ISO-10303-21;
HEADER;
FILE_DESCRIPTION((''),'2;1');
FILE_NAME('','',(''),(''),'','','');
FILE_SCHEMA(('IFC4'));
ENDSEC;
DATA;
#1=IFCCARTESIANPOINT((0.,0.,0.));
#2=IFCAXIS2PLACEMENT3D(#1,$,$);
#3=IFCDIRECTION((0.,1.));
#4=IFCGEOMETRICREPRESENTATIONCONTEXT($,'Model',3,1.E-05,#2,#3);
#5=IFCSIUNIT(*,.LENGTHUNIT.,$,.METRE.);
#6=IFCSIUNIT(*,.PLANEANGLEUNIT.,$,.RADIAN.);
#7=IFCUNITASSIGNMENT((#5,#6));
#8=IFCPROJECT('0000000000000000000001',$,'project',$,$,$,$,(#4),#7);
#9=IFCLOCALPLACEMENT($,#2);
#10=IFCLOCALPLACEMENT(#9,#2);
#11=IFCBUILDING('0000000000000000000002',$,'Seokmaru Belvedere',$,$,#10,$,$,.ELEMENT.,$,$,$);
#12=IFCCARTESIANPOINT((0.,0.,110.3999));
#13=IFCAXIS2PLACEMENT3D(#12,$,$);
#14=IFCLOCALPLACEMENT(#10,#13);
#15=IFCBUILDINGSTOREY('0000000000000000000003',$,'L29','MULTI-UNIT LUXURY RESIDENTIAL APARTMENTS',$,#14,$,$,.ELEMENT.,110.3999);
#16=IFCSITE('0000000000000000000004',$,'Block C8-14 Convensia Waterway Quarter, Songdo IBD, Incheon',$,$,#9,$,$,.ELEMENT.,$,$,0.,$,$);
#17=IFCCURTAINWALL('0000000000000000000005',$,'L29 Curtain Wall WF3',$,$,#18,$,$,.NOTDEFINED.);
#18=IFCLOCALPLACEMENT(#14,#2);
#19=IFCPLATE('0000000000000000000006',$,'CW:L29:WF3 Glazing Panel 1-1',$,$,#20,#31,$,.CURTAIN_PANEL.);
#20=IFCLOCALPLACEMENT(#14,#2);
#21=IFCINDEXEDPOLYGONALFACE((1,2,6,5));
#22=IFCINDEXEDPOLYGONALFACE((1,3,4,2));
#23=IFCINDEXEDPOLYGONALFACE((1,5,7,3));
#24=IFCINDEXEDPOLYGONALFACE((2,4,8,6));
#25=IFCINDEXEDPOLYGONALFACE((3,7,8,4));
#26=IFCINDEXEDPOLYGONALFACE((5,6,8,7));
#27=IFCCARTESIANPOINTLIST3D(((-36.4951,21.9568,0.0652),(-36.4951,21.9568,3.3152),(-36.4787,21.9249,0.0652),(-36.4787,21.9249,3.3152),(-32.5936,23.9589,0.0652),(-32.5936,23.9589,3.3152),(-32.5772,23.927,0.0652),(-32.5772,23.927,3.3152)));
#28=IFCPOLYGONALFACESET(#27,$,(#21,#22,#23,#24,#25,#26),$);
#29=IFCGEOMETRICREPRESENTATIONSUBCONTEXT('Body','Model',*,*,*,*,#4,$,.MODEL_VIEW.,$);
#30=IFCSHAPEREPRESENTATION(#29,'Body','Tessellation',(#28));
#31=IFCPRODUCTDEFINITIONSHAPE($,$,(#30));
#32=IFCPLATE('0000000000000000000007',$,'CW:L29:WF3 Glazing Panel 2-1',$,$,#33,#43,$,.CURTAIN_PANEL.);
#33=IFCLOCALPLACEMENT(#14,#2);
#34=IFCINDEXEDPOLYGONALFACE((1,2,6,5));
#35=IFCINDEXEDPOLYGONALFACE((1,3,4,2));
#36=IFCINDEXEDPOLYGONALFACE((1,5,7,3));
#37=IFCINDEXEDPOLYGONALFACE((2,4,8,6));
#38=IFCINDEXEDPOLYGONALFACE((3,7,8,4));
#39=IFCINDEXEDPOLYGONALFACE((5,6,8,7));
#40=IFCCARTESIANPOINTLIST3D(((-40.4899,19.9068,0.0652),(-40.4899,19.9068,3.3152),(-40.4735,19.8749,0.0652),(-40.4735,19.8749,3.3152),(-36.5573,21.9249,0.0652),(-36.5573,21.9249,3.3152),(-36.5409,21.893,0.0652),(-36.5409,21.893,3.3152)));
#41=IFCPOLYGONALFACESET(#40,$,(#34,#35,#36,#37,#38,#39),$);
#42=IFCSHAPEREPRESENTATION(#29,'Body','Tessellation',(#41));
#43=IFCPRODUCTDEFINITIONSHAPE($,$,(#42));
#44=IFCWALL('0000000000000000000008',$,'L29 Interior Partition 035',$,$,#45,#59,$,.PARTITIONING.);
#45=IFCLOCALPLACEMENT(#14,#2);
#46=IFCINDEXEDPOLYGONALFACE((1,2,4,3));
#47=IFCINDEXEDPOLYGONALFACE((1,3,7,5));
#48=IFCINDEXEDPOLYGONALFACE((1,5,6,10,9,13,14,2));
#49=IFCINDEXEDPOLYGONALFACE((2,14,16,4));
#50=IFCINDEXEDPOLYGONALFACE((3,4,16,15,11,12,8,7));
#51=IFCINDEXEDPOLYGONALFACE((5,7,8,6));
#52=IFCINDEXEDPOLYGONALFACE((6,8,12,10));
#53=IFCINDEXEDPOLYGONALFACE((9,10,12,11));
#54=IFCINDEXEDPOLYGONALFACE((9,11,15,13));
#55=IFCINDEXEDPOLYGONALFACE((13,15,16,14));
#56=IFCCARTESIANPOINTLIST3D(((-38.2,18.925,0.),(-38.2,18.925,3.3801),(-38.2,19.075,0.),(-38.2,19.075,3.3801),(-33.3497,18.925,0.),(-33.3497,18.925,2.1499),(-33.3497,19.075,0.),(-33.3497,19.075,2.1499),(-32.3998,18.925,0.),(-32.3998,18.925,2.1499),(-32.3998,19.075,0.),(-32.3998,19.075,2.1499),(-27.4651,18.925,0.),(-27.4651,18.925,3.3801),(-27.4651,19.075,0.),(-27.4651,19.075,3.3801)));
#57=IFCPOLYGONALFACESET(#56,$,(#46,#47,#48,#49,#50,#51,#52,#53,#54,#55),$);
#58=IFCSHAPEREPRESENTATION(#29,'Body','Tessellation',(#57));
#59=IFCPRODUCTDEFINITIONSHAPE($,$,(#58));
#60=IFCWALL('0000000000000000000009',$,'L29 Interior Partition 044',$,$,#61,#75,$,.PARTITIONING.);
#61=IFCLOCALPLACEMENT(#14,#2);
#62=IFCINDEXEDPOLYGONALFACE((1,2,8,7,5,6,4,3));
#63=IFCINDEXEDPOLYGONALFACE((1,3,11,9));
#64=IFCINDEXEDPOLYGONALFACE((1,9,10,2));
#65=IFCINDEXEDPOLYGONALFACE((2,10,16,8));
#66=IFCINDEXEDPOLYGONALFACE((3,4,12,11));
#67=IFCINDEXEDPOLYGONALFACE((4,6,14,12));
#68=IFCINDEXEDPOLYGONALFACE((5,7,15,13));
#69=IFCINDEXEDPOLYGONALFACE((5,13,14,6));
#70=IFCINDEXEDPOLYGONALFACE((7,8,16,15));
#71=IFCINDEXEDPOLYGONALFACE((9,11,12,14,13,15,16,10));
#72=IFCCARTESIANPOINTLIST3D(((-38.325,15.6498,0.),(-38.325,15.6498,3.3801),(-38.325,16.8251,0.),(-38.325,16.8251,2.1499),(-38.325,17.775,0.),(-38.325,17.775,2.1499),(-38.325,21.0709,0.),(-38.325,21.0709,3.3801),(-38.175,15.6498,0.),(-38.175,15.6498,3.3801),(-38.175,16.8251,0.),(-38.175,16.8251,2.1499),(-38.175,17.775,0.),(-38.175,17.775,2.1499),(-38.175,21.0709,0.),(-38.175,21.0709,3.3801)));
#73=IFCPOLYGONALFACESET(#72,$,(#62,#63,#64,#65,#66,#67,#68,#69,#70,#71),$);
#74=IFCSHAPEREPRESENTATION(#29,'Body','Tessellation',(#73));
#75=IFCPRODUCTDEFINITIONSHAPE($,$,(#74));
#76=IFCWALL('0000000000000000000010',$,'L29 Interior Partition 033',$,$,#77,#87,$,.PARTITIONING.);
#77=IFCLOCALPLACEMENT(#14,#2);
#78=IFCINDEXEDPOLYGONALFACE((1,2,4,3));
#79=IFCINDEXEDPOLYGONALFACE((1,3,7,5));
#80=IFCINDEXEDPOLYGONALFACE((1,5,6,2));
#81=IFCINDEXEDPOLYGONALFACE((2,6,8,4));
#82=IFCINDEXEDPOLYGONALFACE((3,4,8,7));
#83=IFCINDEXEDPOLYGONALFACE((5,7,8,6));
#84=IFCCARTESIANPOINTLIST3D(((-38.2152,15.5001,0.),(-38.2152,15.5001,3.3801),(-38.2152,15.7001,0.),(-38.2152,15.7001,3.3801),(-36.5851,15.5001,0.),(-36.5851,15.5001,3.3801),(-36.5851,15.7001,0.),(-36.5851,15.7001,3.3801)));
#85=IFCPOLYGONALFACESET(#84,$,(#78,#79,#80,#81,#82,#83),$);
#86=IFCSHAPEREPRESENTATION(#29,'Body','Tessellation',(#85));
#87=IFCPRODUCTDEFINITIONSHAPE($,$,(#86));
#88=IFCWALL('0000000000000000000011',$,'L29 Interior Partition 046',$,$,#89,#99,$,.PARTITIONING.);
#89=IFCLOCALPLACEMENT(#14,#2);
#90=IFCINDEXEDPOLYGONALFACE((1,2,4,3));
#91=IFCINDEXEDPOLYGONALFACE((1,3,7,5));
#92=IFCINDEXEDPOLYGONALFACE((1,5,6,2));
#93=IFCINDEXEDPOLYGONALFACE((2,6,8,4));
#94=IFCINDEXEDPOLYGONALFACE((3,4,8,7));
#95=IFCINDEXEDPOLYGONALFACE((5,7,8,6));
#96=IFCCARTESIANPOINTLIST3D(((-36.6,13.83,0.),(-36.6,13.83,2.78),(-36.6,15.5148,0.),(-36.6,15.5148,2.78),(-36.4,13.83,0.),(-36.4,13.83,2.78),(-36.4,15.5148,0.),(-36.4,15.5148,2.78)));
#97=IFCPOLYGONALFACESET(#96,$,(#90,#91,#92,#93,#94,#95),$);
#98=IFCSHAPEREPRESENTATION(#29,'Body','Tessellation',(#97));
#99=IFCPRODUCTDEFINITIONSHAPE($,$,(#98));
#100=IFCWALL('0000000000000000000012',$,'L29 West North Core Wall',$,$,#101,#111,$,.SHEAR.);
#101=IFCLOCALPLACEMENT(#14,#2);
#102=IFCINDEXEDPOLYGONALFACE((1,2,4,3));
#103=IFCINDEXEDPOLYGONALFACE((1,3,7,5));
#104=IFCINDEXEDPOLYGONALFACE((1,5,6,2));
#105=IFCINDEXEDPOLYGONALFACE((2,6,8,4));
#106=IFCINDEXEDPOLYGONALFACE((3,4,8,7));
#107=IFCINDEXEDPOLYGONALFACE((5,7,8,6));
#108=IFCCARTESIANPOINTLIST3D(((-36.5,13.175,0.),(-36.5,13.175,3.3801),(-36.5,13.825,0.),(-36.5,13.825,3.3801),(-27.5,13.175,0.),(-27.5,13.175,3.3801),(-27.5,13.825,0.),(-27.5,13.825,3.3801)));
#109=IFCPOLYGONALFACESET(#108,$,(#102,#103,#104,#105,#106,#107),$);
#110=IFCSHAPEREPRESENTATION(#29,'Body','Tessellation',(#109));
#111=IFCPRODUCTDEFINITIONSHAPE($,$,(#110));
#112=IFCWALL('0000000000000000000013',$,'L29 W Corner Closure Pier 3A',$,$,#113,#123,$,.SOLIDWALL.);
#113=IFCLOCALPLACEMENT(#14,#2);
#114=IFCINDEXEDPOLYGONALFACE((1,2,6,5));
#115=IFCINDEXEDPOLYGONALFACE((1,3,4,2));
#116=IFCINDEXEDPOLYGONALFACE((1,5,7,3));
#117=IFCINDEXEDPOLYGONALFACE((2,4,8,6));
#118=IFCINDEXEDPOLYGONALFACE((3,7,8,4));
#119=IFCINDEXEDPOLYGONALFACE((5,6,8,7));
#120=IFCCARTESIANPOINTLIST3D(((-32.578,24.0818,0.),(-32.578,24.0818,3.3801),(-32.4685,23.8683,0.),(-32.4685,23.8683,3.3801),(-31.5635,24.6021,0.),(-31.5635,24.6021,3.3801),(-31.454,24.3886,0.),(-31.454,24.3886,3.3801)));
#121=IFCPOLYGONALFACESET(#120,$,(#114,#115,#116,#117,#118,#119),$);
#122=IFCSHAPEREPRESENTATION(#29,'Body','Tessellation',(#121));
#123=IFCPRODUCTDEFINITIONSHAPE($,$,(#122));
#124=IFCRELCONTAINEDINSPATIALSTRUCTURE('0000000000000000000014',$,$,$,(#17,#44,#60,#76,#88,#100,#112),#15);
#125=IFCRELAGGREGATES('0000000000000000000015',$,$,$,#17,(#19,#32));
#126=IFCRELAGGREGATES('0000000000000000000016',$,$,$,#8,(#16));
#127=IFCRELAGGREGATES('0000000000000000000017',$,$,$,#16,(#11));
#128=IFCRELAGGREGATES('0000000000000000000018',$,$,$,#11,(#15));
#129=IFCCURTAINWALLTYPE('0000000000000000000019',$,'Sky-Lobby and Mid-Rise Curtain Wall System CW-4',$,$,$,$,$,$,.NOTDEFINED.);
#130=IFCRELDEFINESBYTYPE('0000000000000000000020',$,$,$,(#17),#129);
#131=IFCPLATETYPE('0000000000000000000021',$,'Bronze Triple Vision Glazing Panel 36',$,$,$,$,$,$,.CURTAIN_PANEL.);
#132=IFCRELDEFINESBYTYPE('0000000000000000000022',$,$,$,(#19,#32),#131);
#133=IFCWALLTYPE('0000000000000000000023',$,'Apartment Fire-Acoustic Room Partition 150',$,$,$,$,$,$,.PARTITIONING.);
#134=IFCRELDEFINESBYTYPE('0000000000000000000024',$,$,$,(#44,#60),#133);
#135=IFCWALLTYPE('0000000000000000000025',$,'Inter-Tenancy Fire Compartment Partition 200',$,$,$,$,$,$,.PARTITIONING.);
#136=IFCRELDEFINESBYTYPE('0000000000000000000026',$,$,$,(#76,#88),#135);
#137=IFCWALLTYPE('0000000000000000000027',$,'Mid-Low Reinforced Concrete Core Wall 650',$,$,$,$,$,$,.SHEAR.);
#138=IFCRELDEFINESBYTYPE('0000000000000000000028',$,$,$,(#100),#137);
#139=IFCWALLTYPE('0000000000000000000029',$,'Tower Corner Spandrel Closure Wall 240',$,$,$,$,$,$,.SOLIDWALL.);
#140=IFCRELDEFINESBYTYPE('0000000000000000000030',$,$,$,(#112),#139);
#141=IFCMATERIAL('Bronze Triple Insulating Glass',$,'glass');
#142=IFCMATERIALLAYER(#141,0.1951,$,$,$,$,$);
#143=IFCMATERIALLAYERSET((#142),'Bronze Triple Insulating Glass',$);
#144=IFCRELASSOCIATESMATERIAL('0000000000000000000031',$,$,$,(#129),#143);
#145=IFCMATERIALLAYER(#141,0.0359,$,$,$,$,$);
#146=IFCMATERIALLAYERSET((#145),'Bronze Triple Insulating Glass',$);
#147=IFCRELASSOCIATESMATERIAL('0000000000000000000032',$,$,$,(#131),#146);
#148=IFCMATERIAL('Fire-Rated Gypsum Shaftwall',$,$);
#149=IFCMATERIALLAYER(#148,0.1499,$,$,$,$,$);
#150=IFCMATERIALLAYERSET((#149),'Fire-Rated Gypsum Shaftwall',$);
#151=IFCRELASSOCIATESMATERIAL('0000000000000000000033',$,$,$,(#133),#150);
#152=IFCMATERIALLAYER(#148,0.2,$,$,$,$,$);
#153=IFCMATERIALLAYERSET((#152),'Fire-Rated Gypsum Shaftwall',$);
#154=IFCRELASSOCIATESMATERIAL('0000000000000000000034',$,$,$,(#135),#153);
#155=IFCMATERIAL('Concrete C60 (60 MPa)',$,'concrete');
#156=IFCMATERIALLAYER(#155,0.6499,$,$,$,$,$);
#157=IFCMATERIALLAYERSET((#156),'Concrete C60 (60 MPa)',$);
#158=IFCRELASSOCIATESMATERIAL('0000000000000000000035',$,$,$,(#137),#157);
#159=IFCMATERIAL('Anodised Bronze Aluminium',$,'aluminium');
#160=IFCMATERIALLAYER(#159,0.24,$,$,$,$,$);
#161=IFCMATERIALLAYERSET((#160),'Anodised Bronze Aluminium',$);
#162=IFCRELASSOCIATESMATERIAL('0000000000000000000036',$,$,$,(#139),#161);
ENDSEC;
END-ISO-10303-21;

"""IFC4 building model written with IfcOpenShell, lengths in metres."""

from ifc_helpers import new_model, si_unit, direction, frame, frame_2d, origin, origin_2d, place, context, subcontext, project, spatial, rectangle, extrude, source, transform, mapped, material, layer, layer_set, type_object, type_shapes, element, aggregate, save


model = new_model("IFC4")

# Units and contexts
model_context = context("Model", 3, precision=1e-05, world=origin(), true_north=direction((0.0, 1.0)))
body_context = subcontext(model_context, "Body", "Model", "MODEL_VIEW")
ifc_project = project(units=[si_unit("LENGTHUNIT", "METRE"), si_unit("PLANEANGLEUNIT", "RADIAN")], contexts=[model_context])

# Site, building, storey
site_placement = place(None, origin())
site = spatial("IfcSite", under=ifc_project, at=site_placement, Name="Block C8-14 Convensia Waterway Quarter, Songdo IBD, Incheon", CompositionType="ELEMENT", RefElevation=0.0)
building_placement = place(site_placement, origin())
building = spatial("IfcBuilding", under=site, at=building_placement, Name="Seokmaru Belvedere", CompositionType="ELEMENT")
storey_placement = place(building_placement, frame((0.0, 0.0, 110.3999)))
storey = spatial("IfcBuildingStorey", under=building, at=storey_placement, Name="L29", Description="MULTI-UNIT LUXURY RESIDENTIAL APARTMENTS", CompositionType="ELEMENT", Elevation=110.3999)

# Curtain wall, plates
ifc_material_1 = material(Name="Bronze Triple Insulating Glass", Category="glass")
ifc_layer_1 = layer(ifc_material_1, 0.1951)
ifc_layer_set_1 = layer_set([ifc_layer_1], Name="Bronze Triple Insulating Glass")
curtain_wall_type = type_object("IfcCurtainWallType", Name="Sky-Lobby and Mid-Rise Curtain Wall System CW-4", PredefinedType="NOTDEFINED", material=ifc_layer_set_1)
curtain_wall_placement = place(storey_placement, origin())
curtain_wall = element("IfcCurtainWall", 1, at=curtain_wall_placement, inside=storey, type_object=curtain_wall_type, Name="L29 Curtain Wall WF3", PredefinedType="NOTDEFINED")
ifc_material_2 = material(Name="Anodised Bronze Aluminium", Category="aluminium")
ifc_layer_2 = layer(ifc_material_1, 0.0359)
ifc_layer_set_2 = layer_set([ifc_layer_2], Name="Bronze Triple Insulating Glass")
plate_type = type_object("IfcPlateType", Name="Bronze Triple Vision Glazing Panel 36", PredefinedType="CURTAIN_PANEL", material=ifc_layer_set_2)
shared_shape_1 = source(origin(), body_context, "Body", "SweptSolid", [
    extrude(rectangle(XDim=4.3853, YDim=0.0359, at=origin_2d()), origin(), (0.0, 0.0, 1.0), 3.25),
])
plate_1_placement = place(storey_placement, frame((-34.5361, 22.9419, 0.0652), z_axis=(0.0, 0.0, 1.0), x_axis=(-0.889695, -0.456555, 0.0)))
plate_1 = element("IfcPlate", 2, at=plate_1_placement, type_object=plate_type, Name="CW:L29:WF3 Glazing Panel 1-1", PredefinedType="CURTAIN_PANEL", context=body_context, shape_type="MappedRepresentation", body=[
    mapped(shared_shape_1, transform((0.0, 0.0, 0.0), scale=1.0)),
])
shared_shape_2 = source(origin(), body_context, "Body", "SweptSolid", [
    extrude(rectangle(XDim=4.4202, YDim=0.0359, at=origin_2d()), origin(), (0.0, 0.0, 1.0), 3.25),
])
type_shapes(plate_type, [shared_shape_1, shared_shape_2])
plate_2_placement = place(storey_placement, frame((-38.5154, 20.8999, 0.0652), z_axis=(0.0, 0.0, 1.0), x_axis=(-0.889695, -0.456555, 0.0)))
plate_2 = element("IfcPlate", 3, at=plate_2_placement, type_object=plate_type, Name="CW:L29:WF3 Glazing Panel 2-1", PredefinedType="CURTAIN_PANEL", context=body_context, shape_type="MappedRepresentation", body=[
    mapped(shared_shape_2, transform((0.0, 0.0, 0.0), scale=1.0)),
])
aggregate(curtain_wall, [plate_1, plate_2])

# Walls, openings
ifc_material_3 = material(Name="Fire-Rated Gypsum Shaftwall")
ifc_layer_3 = layer(ifc_material_3, 0.1499)
ifc_layer_set_3 = layer_set([ifc_layer_3], Name="Fire-Rated Gypsum Shaftwall")
wall_type_1 = type_object("IfcWallType", Name="Apartment Fire-Acoustic Room Partition 150", PredefinedType="PARTITIONING", material=ifc_layer_set_3)
wall_1_placement = place(storey_placement, frame((-38.2, 19.0, 0.0), z_axis=(0.0, 0.0, 1.0), x_axis=(1.0, 0.0, 0.0)))
wall_1 = element("IfcWall", 4, at=wall_1_placement, inside=storey, type_object=wall_type_1, Name="L29 Interior Partition 035", PredefinedType="PARTITIONING", context=body_context, shape_type="SweptSolid", body=[
    extrude(rectangle(XDim=10.7349, YDim=0.1499, at=frame_2d((5.3674, 0.0))), origin(), (0.0, 0.0, 1.0), 3.3801),
])
opening_1_placement = place(wall_1_placement, frame((4.8501, 0.0, 0.0)))
element("IfcOpeningElement", 5, at=opening_1_placement, cuts=wall_1, PredefinedType="OPENING", context=body_context, shape_type="SweptSolid", body=[
    extrude(rectangle(XDim=0.95, YDim=2.1499, at=frame_2d((0.4751, 1.075))), frame((0.0, 0.085, 0.0), z_axis=(0.0, -1.0, 0.0), x_axis=(1.0, 0.0, 0.0)), (0.0, 0.0, 1.0), 0.1699),
])
wall_2_placement = place(storey_placement, frame((-38.25, 15.6499, 0.0), z_axis=(0.0, 0.0, 1.0), x_axis=(0.0, 1.0, 0.0)))
wall_2 = element("IfcWall", 6, at=wall_2_placement, inside=storey, type_object=wall_type_1, Name="L29 Interior Partition 044", PredefinedType="PARTITIONING", context=body_context, shape_type="SweptSolid", body=[
    extrude(rectangle(XDim=5.4211, YDim=0.1499, at=frame_2d((2.7104, 0.0))), origin(), (0.0, 0.0, 1.0), 3.3801),
])
opening_2_placement = place(wall_2_placement, frame((1.175, 0.0, 0.0)))
element("IfcOpeningElement", 7, at=opening_2_placement, cuts=wall_2, PredefinedType="OPENING", context=body_context, shape_type="SweptSolid", body=[
    extrude(rectangle(XDim=0.95, YDim=2.1499, at=frame_2d((0.4751, 1.075))), frame((0.0, 0.085, 0.0), z_axis=(0.0, -1.0, 0.0), x_axis=(1.0, 0.0, 0.0)), (0.0, 0.0, 1.0), 0.1699),
])

# Walls
ifc_layer_4 = layer(ifc_material_3, 0.2)
ifc_layer_set_4 = layer_set([ifc_layer_4], Name="Fire-Rated Gypsum Shaftwall")
wall_type_2 = type_object("IfcWallType", Name="Inter-Tenancy Fire Compartment Partition 200", PredefinedType="PARTITIONING", material=ifc_layer_set_4)
wall_3_placement = place(storey_placement, frame((-38.2151, 15.6001, 0.0), z_axis=(0.0, 0.0, 1.0), x_axis=(1.0, 0.0, 0.0)))
element("IfcWall", 8, at=wall_3_placement, inside=storey, type_object=wall_type_2, Name="L29 Interior Partition 033", PredefinedType="PARTITIONING", context=body_context, shape_type="SweptSolid", body=[
    extrude(rectangle(XDim=1.6301, YDim=0.2, at=frame_2d((0.8149, 0.0))), origin(), (0.0, 0.0, 1.0), 3.3801),
])
wall_4_placement = place(storey_placement, frame((-36.5, 13.8301, 0.0), z_axis=(0.0, 0.0, 1.0), x_axis=(0.0, 1.0, 0.0)))
element("IfcWall", 9, at=wall_4_placement, inside=storey, type_object=wall_type_2, Name="L29 Interior Partition 046", PredefinedType="PARTITIONING", context=body_context, shape_type="SweptSolid", body=[
    extrude(rectangle(XDim=1.6848, YDim=0.2, at=frame_2d((0.8423, 0.0))), origin(), (0.0, 0.0, 1.0), 2.78),
])
ifc_material_4 = material(Name="Concrete C60 (60 MPa)", Category="concrete")
ifc_layer_5 = layer(ifc_material_4, 0.6499)
ifc_layer_set_5 = layer_set([ifc_layer_5], Name="Concrete C60 (60 MPa)")
wall_type_3 = type_object("IfcWallType", Name="Mid-Low Reinforced Concrete Core Wall 650", PredefinedType="SHEAR", material=ifc_layer_set_5)
wall_5_placement = place(storey_placement, frame((-36.5, 13.5, 0.0), z_axis=(0.0, 0.0, 1.0), x_axis=(1.0, 0.0, 0.0)))
element("IfcWall", 10, at=wall_5_placement, inside=storey, type_object=wall_type_3, Name="L29 West North Core Wall", PredefinedType="SHEAR", context=body_context, shape_type="SweptSolid", body=[
    extrude(rectangle(XDim=9.0, YDim=0.6499, at=frame_2d((4.5, 0.0))), origin(), (0.0, 0.0, 1.0), 3.3801),
])
ifc_layer_6 = layer(ifc_material_2, 0.24)
ifc_layer_set_6 = layer_set([ifc_layer_6], Name="Anodised Bronze Aluminium")
wall_type_4 = type_object("IfcWallType", Name="Tower Corner Spandrel Closure Wall 240", PredefinedType="SOLIDWALL", material=ifc_layer_set_6)
wall_6_placement = place(storey_placement, frame((-31.5088, 24.4954, 0.0), z_axis=(0.0, 0.0, 1.0), x_axis=(-0.889797, -0.456356, 0.0)))
element("IfcWall", 11, at=wall_6_placement, inside=storey, type_object=wall_type_4, Name="L29 W Corner Closure Pier 3A", PredefinedType="SOLIDWALL", context=body_context, shape_type="SweptSolid", body=[
    extrude(rectangle(XDim=1.1401, YDim=0.24, at=frame_2d((0.5701, 0.0))), origin(), (0.0, 0.0, 1.0), 3.3801),
])

save(model, "model.ifc")
